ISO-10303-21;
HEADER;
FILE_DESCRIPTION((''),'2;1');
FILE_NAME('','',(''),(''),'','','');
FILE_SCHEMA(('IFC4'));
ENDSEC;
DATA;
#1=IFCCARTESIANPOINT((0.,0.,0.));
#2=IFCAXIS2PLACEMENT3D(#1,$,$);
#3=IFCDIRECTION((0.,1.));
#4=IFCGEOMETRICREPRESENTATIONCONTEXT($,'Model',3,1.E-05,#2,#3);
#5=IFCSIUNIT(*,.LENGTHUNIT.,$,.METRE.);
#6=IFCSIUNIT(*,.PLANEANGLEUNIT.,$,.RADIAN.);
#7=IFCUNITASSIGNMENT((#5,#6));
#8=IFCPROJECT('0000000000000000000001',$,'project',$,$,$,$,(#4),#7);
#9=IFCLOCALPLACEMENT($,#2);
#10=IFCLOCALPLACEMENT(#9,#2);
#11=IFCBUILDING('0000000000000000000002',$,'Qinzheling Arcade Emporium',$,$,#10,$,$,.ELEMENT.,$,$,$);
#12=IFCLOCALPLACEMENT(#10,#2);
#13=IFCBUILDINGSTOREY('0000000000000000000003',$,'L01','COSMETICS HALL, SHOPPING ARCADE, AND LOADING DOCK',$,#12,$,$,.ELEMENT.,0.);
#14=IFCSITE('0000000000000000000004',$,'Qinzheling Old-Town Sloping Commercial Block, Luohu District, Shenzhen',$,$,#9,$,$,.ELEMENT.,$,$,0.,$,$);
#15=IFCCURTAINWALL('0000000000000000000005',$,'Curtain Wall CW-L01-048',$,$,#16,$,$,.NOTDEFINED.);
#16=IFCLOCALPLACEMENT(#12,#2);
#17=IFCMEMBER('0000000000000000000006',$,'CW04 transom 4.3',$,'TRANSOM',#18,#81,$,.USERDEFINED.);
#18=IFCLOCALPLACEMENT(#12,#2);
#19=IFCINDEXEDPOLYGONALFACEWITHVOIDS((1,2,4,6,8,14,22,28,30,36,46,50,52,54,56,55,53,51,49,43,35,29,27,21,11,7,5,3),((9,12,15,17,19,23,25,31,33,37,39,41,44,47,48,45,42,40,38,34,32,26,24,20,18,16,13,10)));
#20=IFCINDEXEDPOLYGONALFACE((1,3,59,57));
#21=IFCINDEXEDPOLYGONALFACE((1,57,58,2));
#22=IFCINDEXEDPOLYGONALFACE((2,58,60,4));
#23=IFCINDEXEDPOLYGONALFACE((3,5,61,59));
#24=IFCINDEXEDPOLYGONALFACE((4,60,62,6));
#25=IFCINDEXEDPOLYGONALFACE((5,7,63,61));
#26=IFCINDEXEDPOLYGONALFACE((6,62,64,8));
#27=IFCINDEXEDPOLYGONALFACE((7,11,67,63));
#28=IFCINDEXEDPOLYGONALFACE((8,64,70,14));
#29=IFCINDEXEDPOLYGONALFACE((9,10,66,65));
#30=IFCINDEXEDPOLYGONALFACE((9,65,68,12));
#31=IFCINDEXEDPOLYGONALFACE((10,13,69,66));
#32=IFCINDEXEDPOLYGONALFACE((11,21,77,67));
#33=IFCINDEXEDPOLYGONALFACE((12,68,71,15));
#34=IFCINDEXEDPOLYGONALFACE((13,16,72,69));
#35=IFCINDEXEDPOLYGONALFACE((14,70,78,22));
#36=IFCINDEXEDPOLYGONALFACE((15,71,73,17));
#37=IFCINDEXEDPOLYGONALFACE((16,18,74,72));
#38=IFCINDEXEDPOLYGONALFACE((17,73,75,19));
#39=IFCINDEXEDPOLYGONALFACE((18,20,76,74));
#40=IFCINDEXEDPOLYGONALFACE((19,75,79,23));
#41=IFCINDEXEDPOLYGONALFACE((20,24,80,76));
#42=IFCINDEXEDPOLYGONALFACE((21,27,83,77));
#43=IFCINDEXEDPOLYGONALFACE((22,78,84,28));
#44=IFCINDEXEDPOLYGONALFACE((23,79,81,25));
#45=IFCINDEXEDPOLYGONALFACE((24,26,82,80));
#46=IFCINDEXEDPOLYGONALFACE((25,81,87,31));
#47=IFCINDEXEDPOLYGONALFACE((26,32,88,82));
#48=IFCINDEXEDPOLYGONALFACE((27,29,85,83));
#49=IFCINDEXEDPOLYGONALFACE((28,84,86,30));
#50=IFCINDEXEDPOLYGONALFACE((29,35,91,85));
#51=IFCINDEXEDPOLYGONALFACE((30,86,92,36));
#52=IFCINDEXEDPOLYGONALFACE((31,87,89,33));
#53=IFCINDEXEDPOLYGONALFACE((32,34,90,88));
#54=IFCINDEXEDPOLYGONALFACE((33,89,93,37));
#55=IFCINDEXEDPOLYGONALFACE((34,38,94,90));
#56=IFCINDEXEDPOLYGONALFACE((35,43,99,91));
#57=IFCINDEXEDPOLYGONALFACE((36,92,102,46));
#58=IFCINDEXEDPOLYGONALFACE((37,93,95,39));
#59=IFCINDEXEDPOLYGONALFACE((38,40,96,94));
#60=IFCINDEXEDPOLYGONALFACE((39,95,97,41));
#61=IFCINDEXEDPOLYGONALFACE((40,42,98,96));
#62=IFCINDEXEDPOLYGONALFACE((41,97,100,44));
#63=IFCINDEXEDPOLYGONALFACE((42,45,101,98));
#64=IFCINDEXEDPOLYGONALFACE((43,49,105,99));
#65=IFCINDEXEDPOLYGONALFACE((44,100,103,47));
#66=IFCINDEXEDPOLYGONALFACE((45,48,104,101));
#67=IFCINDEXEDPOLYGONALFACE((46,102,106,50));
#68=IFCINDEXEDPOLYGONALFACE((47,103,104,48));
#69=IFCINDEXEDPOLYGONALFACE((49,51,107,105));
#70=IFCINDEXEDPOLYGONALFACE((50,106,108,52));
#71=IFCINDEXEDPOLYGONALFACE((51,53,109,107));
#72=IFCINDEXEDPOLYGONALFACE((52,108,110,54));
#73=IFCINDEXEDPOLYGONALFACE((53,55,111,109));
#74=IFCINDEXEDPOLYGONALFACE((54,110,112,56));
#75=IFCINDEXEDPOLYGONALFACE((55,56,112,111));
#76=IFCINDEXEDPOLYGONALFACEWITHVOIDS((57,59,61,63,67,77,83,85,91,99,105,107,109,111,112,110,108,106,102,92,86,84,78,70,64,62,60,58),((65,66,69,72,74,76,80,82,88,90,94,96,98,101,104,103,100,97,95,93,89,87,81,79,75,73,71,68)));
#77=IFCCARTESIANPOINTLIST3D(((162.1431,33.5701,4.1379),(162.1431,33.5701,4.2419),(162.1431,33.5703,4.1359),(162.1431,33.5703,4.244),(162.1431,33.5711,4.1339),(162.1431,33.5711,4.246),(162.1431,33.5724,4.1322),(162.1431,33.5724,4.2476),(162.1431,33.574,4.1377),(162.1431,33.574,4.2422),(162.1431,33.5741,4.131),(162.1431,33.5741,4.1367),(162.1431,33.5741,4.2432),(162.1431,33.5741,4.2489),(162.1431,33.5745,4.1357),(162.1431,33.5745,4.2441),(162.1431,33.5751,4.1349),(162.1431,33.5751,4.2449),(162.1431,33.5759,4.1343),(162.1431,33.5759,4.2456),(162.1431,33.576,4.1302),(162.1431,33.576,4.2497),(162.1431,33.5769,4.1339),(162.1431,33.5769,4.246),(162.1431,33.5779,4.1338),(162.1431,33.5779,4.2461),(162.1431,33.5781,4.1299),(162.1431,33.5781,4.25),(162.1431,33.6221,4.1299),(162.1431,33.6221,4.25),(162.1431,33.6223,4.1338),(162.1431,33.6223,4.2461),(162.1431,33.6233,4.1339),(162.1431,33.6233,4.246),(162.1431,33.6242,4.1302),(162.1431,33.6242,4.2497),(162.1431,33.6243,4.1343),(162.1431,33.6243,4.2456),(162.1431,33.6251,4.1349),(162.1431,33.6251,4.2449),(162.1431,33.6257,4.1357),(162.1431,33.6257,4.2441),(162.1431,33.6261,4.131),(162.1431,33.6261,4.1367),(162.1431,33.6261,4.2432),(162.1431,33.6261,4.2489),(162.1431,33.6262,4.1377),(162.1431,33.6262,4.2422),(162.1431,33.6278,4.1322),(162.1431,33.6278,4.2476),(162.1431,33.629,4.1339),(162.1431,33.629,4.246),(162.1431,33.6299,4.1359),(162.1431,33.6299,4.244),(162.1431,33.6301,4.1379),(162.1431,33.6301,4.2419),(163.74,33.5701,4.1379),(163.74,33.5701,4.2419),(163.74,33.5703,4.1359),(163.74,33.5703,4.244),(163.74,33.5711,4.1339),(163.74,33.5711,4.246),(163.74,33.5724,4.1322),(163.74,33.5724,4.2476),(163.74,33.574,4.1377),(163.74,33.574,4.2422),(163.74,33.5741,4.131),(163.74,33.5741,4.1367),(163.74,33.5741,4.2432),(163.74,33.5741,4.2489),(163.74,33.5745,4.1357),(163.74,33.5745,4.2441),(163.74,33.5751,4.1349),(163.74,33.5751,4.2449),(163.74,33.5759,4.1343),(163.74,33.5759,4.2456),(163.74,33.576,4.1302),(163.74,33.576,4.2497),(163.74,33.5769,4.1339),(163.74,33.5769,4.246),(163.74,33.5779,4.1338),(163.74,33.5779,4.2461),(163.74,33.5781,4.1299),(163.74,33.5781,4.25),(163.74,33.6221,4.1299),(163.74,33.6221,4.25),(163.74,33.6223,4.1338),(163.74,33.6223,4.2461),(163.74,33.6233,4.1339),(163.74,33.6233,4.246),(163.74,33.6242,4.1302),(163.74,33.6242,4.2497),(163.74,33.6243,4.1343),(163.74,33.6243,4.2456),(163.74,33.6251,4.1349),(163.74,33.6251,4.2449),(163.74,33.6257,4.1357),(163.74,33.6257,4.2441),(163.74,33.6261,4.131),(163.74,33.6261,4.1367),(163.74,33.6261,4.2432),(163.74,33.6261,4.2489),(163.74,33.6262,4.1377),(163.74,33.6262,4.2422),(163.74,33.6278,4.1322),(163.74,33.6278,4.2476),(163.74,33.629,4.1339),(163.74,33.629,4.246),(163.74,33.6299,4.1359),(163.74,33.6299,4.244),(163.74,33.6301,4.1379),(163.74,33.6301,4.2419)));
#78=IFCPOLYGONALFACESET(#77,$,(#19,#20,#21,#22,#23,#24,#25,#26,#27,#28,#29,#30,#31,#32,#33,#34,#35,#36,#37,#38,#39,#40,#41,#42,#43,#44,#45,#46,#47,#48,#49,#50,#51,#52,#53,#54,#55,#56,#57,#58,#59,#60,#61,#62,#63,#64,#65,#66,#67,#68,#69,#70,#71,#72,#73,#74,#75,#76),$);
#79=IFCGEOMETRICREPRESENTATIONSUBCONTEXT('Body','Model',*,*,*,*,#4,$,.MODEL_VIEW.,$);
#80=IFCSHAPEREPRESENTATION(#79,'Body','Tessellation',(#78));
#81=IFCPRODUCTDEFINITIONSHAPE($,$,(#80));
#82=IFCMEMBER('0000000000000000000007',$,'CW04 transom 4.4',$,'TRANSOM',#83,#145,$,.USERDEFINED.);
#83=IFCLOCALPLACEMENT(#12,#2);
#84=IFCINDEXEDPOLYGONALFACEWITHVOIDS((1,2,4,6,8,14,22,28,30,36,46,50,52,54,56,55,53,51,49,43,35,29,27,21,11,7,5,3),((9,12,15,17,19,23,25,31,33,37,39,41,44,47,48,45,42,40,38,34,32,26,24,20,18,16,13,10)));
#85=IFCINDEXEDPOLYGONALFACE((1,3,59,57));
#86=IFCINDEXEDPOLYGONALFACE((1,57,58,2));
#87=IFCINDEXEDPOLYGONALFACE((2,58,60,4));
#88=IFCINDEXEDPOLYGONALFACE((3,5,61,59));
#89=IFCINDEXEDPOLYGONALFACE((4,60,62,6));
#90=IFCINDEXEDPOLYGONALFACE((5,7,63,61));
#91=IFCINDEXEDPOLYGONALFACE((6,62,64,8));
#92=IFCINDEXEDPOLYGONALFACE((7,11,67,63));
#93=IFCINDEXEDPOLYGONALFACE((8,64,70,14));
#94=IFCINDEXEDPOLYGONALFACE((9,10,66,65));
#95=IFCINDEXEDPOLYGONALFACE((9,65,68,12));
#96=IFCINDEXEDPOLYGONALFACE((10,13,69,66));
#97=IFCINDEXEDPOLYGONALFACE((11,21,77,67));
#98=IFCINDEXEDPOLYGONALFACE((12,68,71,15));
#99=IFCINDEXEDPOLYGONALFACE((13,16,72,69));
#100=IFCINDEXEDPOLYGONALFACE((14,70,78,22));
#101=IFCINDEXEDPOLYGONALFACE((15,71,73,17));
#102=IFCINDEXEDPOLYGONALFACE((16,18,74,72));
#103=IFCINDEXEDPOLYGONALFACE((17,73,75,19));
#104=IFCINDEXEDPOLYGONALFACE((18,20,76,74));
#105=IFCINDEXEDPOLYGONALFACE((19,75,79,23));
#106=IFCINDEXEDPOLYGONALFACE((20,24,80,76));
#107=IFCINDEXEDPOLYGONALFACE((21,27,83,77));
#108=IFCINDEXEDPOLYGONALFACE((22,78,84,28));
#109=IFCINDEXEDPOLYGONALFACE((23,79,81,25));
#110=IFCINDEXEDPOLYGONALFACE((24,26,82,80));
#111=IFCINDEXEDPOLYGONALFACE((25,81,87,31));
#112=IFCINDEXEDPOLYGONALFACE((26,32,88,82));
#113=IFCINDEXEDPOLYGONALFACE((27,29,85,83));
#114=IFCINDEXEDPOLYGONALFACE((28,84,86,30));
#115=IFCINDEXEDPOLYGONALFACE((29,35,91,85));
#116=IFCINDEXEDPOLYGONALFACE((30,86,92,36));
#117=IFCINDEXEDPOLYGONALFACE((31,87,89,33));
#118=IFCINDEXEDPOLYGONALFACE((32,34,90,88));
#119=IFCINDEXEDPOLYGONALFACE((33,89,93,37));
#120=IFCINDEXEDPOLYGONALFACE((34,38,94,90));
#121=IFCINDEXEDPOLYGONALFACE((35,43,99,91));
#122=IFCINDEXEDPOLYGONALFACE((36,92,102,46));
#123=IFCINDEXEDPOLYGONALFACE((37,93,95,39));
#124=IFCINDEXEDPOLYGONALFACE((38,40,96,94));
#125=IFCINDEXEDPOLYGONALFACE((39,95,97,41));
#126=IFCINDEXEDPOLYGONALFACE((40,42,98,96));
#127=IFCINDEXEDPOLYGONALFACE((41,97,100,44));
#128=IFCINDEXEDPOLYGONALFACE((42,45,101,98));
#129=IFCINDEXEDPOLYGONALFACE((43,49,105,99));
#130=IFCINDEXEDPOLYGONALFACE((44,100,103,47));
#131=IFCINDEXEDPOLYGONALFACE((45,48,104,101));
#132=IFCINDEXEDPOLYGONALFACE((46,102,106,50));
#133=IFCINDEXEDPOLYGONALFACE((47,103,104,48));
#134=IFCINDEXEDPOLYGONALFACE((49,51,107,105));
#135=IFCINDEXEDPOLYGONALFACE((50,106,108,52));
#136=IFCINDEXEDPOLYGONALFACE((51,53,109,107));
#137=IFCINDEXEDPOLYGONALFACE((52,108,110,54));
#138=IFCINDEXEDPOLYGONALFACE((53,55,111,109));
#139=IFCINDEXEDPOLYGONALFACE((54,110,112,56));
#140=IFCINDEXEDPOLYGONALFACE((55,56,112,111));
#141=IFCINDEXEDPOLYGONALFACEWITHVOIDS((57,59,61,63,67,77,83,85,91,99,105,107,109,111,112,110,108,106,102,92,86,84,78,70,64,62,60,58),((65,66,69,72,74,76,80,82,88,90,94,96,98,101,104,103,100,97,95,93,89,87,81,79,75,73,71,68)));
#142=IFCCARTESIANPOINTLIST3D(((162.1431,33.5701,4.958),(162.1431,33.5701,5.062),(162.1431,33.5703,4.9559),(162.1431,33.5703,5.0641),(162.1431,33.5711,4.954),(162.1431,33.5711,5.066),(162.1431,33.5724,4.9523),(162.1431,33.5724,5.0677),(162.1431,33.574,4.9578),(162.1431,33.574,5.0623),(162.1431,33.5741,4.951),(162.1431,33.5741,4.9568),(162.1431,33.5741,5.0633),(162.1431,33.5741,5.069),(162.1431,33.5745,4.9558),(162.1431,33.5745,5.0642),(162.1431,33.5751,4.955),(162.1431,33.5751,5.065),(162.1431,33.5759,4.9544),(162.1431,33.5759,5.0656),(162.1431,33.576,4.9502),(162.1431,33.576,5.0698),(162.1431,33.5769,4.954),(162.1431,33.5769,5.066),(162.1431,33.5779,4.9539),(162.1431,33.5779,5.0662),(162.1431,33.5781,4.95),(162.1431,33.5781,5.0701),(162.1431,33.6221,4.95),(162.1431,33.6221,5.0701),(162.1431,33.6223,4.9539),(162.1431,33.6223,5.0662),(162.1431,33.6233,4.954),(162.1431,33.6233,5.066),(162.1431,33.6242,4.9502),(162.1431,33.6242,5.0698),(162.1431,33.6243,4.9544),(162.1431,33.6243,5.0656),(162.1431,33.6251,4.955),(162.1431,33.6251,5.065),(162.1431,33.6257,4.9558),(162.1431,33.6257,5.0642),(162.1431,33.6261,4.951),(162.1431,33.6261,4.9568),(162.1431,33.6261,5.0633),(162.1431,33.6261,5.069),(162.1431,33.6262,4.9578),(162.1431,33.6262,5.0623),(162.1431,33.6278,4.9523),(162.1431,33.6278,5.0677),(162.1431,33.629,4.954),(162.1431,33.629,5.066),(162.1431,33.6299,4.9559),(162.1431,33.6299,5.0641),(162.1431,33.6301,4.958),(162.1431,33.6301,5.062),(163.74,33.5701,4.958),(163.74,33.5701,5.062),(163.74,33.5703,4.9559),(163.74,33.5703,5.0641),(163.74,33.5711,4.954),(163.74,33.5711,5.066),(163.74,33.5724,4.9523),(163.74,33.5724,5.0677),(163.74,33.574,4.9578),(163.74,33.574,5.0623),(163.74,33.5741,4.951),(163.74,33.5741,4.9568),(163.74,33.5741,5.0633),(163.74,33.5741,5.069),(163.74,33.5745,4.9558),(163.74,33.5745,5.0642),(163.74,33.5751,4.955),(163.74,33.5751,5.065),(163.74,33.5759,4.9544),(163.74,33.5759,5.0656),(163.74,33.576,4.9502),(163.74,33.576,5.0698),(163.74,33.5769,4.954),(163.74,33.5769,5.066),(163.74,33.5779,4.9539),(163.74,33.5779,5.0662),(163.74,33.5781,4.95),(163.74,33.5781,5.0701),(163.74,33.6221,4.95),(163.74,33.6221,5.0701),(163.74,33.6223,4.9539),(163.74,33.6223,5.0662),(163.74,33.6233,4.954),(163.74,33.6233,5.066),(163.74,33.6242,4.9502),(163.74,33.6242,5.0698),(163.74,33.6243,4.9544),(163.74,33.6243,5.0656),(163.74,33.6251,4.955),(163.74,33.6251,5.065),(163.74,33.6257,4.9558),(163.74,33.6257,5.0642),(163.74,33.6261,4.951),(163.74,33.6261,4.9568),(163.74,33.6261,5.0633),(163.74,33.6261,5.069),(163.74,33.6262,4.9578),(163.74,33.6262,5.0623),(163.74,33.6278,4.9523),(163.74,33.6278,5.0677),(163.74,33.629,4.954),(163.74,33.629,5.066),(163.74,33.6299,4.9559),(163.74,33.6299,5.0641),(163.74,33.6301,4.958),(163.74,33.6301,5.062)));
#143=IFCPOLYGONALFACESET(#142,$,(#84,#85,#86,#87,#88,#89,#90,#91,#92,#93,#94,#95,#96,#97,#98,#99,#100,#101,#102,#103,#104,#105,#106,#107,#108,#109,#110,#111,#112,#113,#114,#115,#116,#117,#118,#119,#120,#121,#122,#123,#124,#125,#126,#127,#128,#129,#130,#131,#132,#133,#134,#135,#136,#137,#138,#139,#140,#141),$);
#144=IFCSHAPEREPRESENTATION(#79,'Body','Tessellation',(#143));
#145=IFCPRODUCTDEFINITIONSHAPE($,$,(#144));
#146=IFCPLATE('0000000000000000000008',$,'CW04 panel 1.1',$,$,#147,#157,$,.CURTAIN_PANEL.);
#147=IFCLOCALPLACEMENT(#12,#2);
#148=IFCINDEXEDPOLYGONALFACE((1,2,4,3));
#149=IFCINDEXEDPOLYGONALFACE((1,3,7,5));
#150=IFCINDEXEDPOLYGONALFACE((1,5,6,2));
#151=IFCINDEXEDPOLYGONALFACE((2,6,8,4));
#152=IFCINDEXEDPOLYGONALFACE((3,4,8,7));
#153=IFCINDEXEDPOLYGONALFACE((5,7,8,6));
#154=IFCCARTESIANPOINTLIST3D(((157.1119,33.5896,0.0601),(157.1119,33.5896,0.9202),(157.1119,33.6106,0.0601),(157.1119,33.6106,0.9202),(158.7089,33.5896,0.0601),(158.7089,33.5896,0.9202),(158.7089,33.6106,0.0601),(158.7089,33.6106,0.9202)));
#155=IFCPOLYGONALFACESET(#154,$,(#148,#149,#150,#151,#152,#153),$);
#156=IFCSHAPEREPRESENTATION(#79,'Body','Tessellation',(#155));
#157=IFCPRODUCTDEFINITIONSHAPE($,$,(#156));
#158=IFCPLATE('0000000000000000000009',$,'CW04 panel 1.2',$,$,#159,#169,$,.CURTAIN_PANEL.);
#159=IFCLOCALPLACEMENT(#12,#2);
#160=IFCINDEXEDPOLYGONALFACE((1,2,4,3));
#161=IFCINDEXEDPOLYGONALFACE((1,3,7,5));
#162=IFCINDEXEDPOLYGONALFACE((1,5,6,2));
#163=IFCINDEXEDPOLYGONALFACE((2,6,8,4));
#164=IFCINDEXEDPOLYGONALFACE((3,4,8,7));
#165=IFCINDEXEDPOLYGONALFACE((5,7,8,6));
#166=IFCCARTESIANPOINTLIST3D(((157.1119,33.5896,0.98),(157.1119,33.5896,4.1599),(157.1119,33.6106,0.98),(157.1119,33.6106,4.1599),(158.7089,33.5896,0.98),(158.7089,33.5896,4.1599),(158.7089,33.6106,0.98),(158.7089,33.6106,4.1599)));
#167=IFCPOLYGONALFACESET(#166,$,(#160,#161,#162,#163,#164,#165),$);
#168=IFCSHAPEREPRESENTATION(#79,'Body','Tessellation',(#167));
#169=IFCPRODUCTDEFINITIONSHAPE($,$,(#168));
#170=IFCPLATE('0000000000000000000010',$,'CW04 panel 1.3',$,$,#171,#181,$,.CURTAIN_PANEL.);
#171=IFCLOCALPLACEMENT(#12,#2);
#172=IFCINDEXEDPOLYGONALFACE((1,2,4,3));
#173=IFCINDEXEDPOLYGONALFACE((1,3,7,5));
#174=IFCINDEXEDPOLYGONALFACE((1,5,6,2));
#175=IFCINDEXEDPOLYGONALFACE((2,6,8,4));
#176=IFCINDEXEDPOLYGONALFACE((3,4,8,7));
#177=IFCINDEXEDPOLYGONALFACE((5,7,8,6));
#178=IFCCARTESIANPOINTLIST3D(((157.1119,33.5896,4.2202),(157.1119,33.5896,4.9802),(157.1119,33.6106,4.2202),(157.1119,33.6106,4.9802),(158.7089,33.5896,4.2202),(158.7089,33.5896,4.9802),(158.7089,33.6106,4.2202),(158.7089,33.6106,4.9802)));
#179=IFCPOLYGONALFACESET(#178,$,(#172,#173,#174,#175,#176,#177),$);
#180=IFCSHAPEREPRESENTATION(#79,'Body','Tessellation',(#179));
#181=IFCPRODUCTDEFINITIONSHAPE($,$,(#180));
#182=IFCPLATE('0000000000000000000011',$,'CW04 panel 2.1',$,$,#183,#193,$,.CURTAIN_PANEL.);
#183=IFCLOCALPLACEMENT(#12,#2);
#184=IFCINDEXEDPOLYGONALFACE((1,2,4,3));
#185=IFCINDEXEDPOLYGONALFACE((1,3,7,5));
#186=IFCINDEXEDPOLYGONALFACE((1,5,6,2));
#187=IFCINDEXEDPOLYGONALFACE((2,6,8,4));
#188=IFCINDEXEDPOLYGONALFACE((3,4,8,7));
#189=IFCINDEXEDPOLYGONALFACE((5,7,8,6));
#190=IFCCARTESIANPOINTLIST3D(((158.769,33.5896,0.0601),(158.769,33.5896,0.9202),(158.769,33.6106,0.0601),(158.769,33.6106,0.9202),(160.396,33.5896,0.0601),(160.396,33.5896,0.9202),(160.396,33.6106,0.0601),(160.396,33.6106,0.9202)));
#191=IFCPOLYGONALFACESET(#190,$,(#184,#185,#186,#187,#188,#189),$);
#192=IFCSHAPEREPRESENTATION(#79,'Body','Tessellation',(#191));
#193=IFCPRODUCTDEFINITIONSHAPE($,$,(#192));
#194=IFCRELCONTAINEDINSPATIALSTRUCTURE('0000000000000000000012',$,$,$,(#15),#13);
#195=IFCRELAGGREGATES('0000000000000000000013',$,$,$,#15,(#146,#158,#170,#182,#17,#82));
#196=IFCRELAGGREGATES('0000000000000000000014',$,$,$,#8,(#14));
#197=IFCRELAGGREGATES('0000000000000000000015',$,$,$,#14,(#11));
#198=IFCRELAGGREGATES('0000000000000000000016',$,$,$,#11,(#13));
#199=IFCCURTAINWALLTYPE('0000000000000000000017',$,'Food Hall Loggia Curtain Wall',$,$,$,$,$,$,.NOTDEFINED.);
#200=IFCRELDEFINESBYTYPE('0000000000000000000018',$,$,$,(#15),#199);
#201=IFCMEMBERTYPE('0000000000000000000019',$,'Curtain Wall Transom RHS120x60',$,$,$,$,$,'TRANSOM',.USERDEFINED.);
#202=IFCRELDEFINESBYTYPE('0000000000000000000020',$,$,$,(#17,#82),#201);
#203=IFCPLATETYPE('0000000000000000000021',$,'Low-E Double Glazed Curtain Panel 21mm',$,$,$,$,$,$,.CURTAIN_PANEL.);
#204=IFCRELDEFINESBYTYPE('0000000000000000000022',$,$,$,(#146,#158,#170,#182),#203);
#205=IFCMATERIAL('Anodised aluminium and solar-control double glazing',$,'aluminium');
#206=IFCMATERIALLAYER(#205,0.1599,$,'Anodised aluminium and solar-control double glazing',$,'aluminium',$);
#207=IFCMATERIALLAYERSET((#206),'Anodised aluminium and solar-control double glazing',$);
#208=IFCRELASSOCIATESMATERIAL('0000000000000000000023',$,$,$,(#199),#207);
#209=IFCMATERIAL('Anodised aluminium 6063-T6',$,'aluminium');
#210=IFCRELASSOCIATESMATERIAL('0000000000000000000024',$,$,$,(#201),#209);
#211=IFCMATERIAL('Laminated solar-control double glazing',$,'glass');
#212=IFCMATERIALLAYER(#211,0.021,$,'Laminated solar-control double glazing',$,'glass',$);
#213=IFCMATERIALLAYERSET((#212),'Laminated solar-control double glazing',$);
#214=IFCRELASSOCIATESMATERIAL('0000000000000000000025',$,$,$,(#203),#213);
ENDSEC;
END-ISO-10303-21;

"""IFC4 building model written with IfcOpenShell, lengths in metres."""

from ifc_helpers import new_model, si_unit, direction, frame, origin, origin_2d, place, context, subcontext, project, spatial, rectangle, hollow_rectangle, extrude, material, layer, layer_set, material_profile, profile_set, type_object, element, aggregate, save


model = new_model("IFC4")

# Units and contexts
model_context = context("Model", 3, precision=1e-05, world=origin(), true_north=direction((0.0, 1.0)))
body_context = subcontext(model_context, "Body", "Model", "MODEL_VIEW")
ifc_project = project(units=[si_unit("LENGTHUNIT", "METRE"), si_unit("PLANEANGLEUNIT", "RADIAN")], contexts=[model_context])

# Site, building, storey
site_placement = place(None, origin())
site = spatial("IfcSite", under=ifc_project, at=site_placement, Name="Qinzheling Old-Town Sloping Commercial Block, Luohu District, Shenzhen", CompositionType="ELEMENT", RefElevation=0.0)
building_placement = place(site_placement, origin())
building = spatial("IfcBuilding", under=site, at=building_placement, Name="Qinzheling Arcade Emporium", CompositionType="ELEMENT")
storey_placement = place(building_placement, origin())
storey = spatial("IfcBuildingStorey", under=building, at=storey_placement, Name="L01", Description="COSMETICS HALL, SHOPPING ARCADE, AND LOADING DOCK", CompositionType="ELEMENT", Elevation=0.0)

# Curtain wall, members, plates
ifc_material_1 = material(Name="Anodised aluminium and solar-control double glazing", Category="aluminium")
ifc_layer_1 = layer(ifc_material_1, 0.1599, Name="Anodised aluminium and solar-control double glazing", Category="aluminium")
ifc_layer_set_1 = layer_set([ifc_layer_1], Name="Anodised aluminium and solar-control double glazing")
curtain_wall_type = type_object("IfcCurtainWallType", Name="Food Hall Loggia Curtain Wall", PredefinedType="NOTDEFINED", material=ifc_layer_set_1)
curtain_wall_placement = place(storey_placement, origin())
curtain_wall = element("IfcCurtainWall", 1, at=curtain_wall_placement, inside=storey, type_object=curtain_wall_type, Name="Curtain Wall CW-L01-048", PredefinedType="NOTDEFINED")
ifc_material_2 = material(Name="Anodised aluminium 6063-T6", Category="aluminium")
ifc_material_profile_1 = material_profile(ifc_material_2, hollow_rectangle(XDim=0.0601, YDim=0.1201, WallThickness=0.0039, InnerFilletRadius=0.0039, OuterFilletRadius=0.0081, at=origin_2d()), Name="RHS 120x60x4", Category="aluminium")
ifc_profile_set_1 = profile_set([ifc_material_profile_1], Name="Anodised aluminium 6063-T6")
member_type_1 = type_object("IfcMemberType", Name="Curtain Wall Transom RHS120x60", ElementType="TRANSOM", PredefinedType="USERDEFINED", material=ifc_profile_set_1)
member_1_placement = place(storey_placement, frame((162.1431, 33.6001, 4.1899), z_axis=(1.0, 0.0, 0.0), x_axis=(0.0, 1.0, 0.0)))
member_1 = element("IfcMember", 2, at=member_1_placement, type_object=member_type_1, Name="CW04 transom 4.3", ObjectType="TRANSOM", PredefinedType="USERDEFINED", context=body_context, shape_type="SweptSolid", body=[
    extrude(hollow_rectangle(XDim=0.0601, YDim=0.1201, WallThickness=0.0039, InnerFilletRadius=0.0039, OuterFilletRadius=0.0081, at=origin_2d()), origin(), (0.0, 0.0, 1.0), 1.5969),
])
member_2_placement = place(storey_placement, frame((162.1431, 33.6001, 5.01), z_axis=(1.0, 0.0, 0.0), x_axis=(0.0, 1.0, 0.0)))
member_2 = element("IfcMember", 3, at=member_2_placement, type_object=member_type_1, Name="CW04 transom 4.4", ObjectType="TRANSOM", PredefinedType="USERDEFINED", context=body_context, shape_type="SweptSolid", body=[
    extrude(hollow_rectangle(XDim=0.0601, YDim=0.1201, WallThickness=0.0039, InnerFilletRadius=0.0039, OuterFilletRadius=0.0081, at=origin_2d()), origin(), (0.0, 0.0, 1.0), 1.5969),
])
ifc_material_3 = material(Name="Laminated solar-control double glazing", Category="glass")
ifc_layer_2 = layer(ifc_material_3, 0.021, Name="Laminated solar-control double glazing", Category="glass")
ifc_layer_set_2 = layer_set([ifc_layer_2], Name="Laminated solar-control double glazing")
plate_type = type_object("IfcPlateType", Name="Low-E Double Glazed Curtain Panel 21mm", PredefinedType="CURTAIN_PANEL", material=ifc_layer_set_2)
plate_1_placement = place(storey_placement, frame((157.9104, 33.6001, 0.0601), z_axis=(0.0, 0.0, 1.0), x_axis=(1.0, 0.0, 0.0)))
plate_1 = element("IfcPlate", 4, at=plate_1_placement, type_object=plate_type, Name="CW04 panel 1.1", PredefinedType="CURTAIN_PANEL", context=body_context, shape_type="SweptSolid", body=[
    extrude(rectangle(XDim=1.5969, YDim=0.021, at=origin_2d()), origin(), (0.0, 0.0, 1.0), 0.8601),
])
plate_2_placement = place(storey_placement, frame((157.9104, 33.6001, 0.98), z_axis=(0.0, 0.0, 1.0), x_axis=(1.0, 0.0, 0.0)))
plate_2 = element("IfcPlate", 5, at=plate_2_placement, type_object=plate_type, Name="CW04 panel 1.2", PredefinedType="CURTAIN_PANEL", context=body_context, shape_type="SweptSolid", body=[
    extrude(rectangle(XDim=1.5969, YDim=0.021, at=origin_2d()), origin(), (0.0, 0.0, 1.0), 3.1799),
])
plate_3_placement = place(storey_placement, frame((157.9104, 33.6001, 4.2202), z_axis=(0.0, 0.0, 1.0), x_axis=(1.0, 0.0, 0.0)))
plate_3 = element("IfcPlate", 6, at=plate_3_placement, type_object=plate_type, Name="CW04 panel 1.3", PredefinedType="CURTAIN_PANEL", context=body_context, shape_type="SweptSolid", body=[
    extrude(rectangle(XDim=1.5969, YDim=0.021, at=origin_2d()), origin(), (0.0, 0.0, 1.0), 0.76),
])
plate_4_placement = place(storey_placement, frame((159.5825, 33.6001, 0.0601), z_axis=(0.0, 0.0, 1.0), x_axis=(1.0, 0.0, 0.0)))
plate_4 = element("IfcPlate", 7, at=plate_4_placement, type_object=plate_type, Name="CW04 panel 2.1", PredefinedType="CURTAIN_PANEL", context=body_context, shape_type="SweptSolid", body=[
    extrude(rectangle(XDim=1.627, YDim=0.021, at=origin_2d()), origin(), (0.0, 0.0, 1.0), 0.8601),
])
aggregate(curtain_wall, [plate_1, plate_2, plate_3, plate_4, member_1, member_2])

save(model, "model.ifc")
